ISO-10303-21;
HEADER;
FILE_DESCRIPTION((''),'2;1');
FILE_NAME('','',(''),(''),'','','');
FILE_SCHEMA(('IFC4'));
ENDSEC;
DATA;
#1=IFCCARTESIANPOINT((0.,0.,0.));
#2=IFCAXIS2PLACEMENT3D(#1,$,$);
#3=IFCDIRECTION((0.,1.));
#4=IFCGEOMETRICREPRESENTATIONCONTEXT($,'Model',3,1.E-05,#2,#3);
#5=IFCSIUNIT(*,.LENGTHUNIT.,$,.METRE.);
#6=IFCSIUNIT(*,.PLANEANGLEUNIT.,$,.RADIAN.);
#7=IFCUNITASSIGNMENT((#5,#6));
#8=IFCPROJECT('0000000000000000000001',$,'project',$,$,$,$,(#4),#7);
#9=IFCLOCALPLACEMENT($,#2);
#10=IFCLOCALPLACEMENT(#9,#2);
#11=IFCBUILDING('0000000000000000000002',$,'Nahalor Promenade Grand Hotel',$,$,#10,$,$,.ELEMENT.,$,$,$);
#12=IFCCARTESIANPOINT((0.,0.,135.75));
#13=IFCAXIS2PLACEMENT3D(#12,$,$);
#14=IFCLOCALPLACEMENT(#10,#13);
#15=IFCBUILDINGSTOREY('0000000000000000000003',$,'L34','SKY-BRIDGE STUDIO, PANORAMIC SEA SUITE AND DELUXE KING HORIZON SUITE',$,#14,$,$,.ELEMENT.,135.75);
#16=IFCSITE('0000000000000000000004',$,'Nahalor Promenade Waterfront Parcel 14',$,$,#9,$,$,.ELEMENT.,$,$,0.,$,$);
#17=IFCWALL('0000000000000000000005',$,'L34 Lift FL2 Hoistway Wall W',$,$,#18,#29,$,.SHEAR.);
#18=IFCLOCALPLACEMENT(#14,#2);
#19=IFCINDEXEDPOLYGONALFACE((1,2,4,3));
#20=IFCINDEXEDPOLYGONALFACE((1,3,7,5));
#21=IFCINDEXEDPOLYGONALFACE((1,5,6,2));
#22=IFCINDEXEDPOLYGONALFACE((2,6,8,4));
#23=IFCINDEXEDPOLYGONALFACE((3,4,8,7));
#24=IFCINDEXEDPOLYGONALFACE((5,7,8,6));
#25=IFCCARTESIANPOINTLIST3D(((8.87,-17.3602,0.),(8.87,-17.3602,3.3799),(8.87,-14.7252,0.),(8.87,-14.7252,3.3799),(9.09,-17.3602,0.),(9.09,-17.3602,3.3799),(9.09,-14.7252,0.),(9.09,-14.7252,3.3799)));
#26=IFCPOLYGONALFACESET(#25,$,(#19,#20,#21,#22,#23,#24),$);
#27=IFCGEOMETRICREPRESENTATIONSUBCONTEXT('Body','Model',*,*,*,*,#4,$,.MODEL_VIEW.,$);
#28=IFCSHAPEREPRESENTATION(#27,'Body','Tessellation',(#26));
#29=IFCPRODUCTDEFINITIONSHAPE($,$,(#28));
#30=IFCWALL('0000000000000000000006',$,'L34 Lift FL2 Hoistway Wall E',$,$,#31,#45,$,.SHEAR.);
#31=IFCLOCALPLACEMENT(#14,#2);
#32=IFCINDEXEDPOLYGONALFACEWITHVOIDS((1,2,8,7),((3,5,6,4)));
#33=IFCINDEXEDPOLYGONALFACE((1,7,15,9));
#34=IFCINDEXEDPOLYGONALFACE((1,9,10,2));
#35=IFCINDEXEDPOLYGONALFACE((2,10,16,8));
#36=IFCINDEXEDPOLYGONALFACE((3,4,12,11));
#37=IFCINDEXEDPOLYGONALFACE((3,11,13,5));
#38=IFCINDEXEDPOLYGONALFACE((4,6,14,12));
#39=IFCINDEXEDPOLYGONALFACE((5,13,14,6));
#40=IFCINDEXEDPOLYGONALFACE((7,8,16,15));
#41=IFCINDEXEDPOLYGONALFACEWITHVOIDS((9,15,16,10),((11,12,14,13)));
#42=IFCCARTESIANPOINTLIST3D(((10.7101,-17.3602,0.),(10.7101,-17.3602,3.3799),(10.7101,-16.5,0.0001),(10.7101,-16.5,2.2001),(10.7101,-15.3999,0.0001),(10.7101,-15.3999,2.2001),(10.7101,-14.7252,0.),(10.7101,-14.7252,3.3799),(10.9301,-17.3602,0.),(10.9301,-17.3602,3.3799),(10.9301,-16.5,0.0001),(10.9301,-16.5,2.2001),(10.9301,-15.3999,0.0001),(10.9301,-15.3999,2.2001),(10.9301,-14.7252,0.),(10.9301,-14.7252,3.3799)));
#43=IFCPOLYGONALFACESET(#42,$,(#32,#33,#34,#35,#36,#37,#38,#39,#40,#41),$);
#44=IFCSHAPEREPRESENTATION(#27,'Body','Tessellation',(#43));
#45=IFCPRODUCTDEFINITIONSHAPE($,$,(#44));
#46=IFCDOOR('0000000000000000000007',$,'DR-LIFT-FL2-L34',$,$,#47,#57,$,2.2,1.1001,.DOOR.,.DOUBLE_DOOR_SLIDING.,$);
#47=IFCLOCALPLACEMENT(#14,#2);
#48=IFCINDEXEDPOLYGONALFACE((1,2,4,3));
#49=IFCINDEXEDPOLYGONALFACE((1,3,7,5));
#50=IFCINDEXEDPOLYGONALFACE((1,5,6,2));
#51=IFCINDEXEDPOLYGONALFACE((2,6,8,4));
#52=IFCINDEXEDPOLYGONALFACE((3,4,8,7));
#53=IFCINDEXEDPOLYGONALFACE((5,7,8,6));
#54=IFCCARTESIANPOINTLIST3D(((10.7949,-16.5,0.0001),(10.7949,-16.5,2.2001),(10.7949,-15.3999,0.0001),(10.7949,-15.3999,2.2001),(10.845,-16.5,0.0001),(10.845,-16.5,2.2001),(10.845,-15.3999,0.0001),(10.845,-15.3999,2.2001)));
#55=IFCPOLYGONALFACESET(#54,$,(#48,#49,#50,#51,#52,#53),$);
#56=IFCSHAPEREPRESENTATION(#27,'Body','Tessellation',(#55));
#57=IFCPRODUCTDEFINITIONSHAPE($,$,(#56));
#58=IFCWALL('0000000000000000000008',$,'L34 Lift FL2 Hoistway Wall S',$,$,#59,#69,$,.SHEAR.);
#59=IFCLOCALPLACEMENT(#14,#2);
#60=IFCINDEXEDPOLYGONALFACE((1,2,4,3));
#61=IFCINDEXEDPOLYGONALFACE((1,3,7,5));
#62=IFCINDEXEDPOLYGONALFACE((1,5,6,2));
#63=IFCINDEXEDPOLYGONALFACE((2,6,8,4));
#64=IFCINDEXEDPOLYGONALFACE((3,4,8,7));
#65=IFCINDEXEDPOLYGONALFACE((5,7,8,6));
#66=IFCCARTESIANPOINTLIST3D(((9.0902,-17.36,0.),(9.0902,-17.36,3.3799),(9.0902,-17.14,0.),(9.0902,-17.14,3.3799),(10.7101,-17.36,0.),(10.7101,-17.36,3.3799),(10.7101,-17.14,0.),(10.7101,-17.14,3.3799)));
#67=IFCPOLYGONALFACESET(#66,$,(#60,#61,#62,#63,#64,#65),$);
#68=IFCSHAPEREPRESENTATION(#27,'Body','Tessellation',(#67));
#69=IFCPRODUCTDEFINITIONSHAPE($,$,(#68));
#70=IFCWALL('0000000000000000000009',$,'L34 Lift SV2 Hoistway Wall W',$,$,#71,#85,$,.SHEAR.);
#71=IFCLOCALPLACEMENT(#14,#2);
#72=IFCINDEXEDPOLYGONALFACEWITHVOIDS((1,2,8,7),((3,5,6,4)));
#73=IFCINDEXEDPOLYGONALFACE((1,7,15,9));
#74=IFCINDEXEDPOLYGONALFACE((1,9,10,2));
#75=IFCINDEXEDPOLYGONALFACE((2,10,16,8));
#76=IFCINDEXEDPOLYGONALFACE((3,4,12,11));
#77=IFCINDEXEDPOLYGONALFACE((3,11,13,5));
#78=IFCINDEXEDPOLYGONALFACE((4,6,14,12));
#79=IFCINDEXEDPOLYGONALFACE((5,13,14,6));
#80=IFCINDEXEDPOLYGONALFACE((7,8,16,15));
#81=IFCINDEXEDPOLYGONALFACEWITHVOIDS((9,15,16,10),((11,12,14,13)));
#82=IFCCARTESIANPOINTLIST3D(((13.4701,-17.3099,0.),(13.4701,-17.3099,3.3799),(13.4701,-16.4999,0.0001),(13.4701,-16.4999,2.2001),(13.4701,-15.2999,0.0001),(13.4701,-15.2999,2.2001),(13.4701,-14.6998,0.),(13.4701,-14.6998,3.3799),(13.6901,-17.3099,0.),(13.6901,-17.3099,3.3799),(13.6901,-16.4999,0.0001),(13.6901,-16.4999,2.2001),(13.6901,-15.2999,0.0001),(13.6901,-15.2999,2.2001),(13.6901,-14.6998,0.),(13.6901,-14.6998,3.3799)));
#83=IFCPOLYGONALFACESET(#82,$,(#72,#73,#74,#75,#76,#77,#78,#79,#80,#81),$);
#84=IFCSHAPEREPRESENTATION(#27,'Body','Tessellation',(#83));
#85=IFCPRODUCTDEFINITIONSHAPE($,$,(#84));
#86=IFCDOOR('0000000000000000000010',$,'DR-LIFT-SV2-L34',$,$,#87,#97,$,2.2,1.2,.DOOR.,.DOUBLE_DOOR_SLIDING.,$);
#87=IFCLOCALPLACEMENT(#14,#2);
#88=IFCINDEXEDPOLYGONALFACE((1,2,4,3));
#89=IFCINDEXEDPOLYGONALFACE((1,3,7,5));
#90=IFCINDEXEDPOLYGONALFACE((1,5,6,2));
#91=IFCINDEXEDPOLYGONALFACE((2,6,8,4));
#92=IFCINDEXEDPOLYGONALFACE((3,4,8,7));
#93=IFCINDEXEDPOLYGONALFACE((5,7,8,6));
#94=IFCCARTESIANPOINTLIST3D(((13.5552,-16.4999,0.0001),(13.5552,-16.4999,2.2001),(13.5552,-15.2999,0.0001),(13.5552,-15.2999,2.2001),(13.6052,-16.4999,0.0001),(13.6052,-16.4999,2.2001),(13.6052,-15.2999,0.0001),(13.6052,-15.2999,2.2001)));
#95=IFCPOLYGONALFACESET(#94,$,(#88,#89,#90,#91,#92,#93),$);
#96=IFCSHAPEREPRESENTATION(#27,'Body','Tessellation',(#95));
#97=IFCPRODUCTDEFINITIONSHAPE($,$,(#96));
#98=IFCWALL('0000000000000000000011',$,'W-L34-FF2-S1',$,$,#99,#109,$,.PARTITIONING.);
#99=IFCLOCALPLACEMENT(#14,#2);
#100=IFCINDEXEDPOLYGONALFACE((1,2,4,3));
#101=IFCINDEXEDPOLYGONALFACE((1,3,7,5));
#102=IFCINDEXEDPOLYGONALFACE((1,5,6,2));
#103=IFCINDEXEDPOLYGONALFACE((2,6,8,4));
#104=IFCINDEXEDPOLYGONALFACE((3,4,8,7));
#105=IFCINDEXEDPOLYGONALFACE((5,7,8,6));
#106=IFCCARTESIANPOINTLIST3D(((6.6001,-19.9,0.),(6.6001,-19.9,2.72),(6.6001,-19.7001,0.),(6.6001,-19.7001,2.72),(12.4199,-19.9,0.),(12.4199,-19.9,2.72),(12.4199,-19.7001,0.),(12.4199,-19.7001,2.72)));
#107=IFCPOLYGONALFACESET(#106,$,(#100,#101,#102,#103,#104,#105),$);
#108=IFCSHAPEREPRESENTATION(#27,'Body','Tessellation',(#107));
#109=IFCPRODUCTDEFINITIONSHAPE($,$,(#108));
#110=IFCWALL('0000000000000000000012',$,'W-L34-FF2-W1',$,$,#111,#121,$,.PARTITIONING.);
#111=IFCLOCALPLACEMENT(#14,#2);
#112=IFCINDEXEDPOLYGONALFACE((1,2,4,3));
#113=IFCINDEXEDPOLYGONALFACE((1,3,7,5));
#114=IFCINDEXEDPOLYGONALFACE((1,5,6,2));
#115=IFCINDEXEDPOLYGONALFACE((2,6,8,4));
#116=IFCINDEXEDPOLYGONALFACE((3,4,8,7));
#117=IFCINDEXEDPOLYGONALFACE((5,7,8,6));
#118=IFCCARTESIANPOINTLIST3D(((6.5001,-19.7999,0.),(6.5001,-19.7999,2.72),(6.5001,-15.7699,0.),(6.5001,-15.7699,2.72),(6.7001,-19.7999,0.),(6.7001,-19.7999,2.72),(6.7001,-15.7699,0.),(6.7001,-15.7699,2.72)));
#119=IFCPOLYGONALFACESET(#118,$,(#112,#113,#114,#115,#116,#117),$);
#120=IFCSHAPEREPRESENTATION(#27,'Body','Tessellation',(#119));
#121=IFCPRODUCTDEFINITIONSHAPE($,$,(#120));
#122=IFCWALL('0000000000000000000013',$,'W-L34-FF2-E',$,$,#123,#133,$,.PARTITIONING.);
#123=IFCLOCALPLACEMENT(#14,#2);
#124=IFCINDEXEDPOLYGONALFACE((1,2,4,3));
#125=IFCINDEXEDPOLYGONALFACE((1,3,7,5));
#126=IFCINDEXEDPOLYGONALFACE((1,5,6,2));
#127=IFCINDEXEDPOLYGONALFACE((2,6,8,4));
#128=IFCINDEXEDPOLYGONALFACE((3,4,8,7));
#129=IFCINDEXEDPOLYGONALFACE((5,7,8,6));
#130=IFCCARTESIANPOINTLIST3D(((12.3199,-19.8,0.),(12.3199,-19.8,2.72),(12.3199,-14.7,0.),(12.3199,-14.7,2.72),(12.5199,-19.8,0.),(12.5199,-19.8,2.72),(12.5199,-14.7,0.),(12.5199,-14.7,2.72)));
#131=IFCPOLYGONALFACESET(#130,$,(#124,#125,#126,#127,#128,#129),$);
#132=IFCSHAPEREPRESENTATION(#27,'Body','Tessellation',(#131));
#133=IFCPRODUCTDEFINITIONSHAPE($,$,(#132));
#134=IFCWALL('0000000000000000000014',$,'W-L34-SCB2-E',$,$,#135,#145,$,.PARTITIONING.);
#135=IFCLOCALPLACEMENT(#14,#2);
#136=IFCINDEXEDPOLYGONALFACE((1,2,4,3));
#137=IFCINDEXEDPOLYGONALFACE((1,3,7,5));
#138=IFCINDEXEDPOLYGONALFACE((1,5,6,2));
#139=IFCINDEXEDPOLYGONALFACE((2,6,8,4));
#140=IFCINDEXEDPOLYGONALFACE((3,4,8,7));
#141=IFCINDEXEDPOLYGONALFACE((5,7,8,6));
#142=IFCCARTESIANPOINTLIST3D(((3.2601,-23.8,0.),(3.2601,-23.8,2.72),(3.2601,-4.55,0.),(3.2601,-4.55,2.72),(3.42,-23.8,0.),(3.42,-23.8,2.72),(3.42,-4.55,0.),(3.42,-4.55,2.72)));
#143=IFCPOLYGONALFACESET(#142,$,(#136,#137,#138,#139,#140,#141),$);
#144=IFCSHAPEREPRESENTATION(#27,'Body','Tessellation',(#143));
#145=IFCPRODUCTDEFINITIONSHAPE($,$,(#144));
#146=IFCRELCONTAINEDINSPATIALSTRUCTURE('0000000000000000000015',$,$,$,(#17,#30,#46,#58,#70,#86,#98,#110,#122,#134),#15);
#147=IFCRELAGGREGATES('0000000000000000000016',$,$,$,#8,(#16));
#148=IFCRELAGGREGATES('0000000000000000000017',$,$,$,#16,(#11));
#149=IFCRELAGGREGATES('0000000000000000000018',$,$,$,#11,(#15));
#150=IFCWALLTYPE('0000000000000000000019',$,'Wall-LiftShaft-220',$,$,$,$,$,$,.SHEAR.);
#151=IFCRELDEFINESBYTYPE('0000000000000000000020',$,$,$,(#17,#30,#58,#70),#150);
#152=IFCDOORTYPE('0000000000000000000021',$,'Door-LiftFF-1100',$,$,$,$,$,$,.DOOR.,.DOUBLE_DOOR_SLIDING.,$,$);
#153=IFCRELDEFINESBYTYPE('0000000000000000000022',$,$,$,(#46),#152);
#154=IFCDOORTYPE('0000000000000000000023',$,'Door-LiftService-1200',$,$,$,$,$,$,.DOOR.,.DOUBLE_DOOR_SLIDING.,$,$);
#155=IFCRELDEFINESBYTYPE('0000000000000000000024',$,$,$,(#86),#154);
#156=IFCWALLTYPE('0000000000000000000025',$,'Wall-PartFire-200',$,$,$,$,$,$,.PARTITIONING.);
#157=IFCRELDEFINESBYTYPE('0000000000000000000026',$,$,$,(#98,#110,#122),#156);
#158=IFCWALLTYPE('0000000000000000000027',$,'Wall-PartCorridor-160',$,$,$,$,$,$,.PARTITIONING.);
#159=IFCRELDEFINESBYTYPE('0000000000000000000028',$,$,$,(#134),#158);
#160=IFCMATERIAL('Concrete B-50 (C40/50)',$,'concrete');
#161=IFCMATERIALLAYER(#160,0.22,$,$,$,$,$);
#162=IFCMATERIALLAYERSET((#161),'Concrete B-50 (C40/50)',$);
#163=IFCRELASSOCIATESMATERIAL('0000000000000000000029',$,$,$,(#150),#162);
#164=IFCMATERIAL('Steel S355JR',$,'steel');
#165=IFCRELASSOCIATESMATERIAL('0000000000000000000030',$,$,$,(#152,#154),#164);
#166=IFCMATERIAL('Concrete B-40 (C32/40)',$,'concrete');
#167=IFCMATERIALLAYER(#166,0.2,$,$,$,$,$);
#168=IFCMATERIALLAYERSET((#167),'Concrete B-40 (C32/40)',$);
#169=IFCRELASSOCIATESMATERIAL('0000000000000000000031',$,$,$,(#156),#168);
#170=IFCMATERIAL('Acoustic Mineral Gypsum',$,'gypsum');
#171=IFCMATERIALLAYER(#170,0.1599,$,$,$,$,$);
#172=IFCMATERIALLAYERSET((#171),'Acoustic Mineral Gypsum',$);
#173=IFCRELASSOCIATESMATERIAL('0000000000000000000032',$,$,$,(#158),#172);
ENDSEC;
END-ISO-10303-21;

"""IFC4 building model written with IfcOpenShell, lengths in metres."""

from ifc_helpers import new_model, si_unit, direction, frame, frame_2d, origin, place, context, subcontext, project, spatial, rectangle, extrude, source, transform, mapped, material, layer, layer_set, type_object, element, fill, save


model = new_model("IFC4")

# Units and contexts
model_context = context("Model", 3, precision=1e-05, world=origin(), true_north=direction((0.0, 1.0)))
body_context = subcontext(model_context, "Body", "Model", "MODEL_VIEW")
ifc_project = project(units=[si_unit("LENGTHUNIT", "METRE"), si_unit("PLANEANGLEUNIT", "RADIAN")], contexts=[model_context])

# Site, building, storey
site_placement = place(None, origin())
site = spatial("IfcSite", under=ifc_project, at=site_placement, Name="Nahalor Promenade Waterfront Parcel 14", CompositionType="ELEMENT", RefElevation=0.0)
building_placement = place(site_placement, origin())
building = spatial("IfcBuilding", under=site, at=building_placement, Name="Nahalor Promenade Grand Hotel", CompositionType="ELEMENT")
storey_placement = place(building_placement, frame((0.0, 0.0, 135.75)))
storey = spatial("IfcBuildingStorey", under=building, at=storey_placement, Name="L34", Description="SKY-BRIDGE STUDIO, PANORAMIC SEA SUITE AND DELUXE KING HORIZON SUITE", CompositionType="ELEMENT", Elevation=135.75)

# Shared definitions
ifc_material_1 = material(Name="Steel S355JR", Category="steel")

# Shared definitions
ifc_material_2 = material(Name="Concrete B-50 (C40/50)", Category="concrete")

# Wall
ifc_layer_1 = layer(ifc_material_2, 0.22)
ifc_layer_set_1 = layer_set([ifc_layer_1], Name="Concrete B-50 (C40/50)")
wall_type_1 = type_object("IfcWallType", Name="Wall-LiftShaft-220", PredefinedType="SHEAR", material=ifc_layer_set_1)
shared_shape_1 = source(origin(), body_context, "Body", "SweptSolid", [
    extrude(rectangle(XDim=2.635, YDim=0.22, at=frame_2d((1.3174, 0.0))), origin(), (0.0, 0.0, 1.0), 3.3799),
])
wall_1_placement = place(storey_placement, frame((8.98, -17.3601, 0.0), z_axis=(0.0, 0.0, 1.0), x_axis=(0.0, 1.0, 0.0)))
element("IfcWall", 1, at=wall_1_placement, inside=storey, type_object=wall_type_1, Name="L34 Lift FL2 Hoistway Wall W", PredefinedType="SHEAR", context=body_context, shape_type="MappedRepresentation", body=[
    mapped(shared_shape_1, transform((0.0, 0.0, 0.0), scale=1.0)),
])

# Wall, opening, door
wall_2_placement = place(storey_placement, frame((10.8201, -17.3601, 0.0), z_axis=(0.0, 0.0, 1.0), x_axis=(0.0, 1.0, 0.0)))
wall_2 = element("IfcWall", 2, at=wall_2_placement, inside=storey, type_object=wall_type_1, Name="L34 Lift FL2 Hoistway Wall E", PredefinedType="SHEAR", context=body_context, shape_type="MappedRepresentation", body=[
    mapped(shared_shape_1, transform((0.0, 0.0, 0.0), scale=1.0)),
])
opening_1_placement = place(wall_2_placement, frame((0.8601, 0.0, 0.0)))
opening_1 = element("IfcOpeningElement", 3, at=opening_1_placement, cuts=wall_2, PredefinedType="OPENING", context=body_context, shape_type="SweptSolid", body=[
    extrude(rectangle(XDim=1.1001, YDim=2.2, at=frame_2d((0.55, 1.1001))), frame((0.0, 0.1199, 0.0), z_axis=(0.0, -1.0, 0.0), x_axis=(1.0, 0.0, 0.0)), (0.0, 0.0, 1.0), 0.24),
])
door_type_1 = type_object("IfcDoorType", Name="Door-LiftFF-1100", OperationType="DOUBLE_DOOR_SLIDING", PredefinedType="DOOR", material=ifc_material_1)
shared_shape_2 = source(origin(), body_context, "Body", "SweptSolid", [
    extrude(rectangle(XDim=1.1001, YDim=2.2, at=frame_2d((0.55, 1.1001))), frame((0.0, 0.0249, 0.0), z_axis=(0.0, -1.0, 0.0), x_axis=(1.0, 0.0, 0.0)), (0.0, 0.0, 1.0), 0.05),
])
door_1_placement = place(opening_1_placement, frame((1.1001, 0.0, 0.0), z_axis=(0.0, 0.0, 1.0), x_axis=(-1.0, 0.0, 0.0)))
door_1 = element("IfcDoor", 4, at=door_1_placement, inside=storey, type_object=door_type_1, Name="DR-LIFT-FL2-L34", OperationType="DOUBLE_DOOR_SLIDING", OverallHeight=2.2, OverallWidth=1.1001, PredefinedType="DOOR", context=body_context, shape_type="MappedRepresentation", body=[
    mapped(shared_shape_2, transform((0.0, 0.0, 0.0), scale=1.0)),
])
fill(opening_1, door_1)

# Wall
shared_shape_3 = source(origin(), body_context, "Body", "SweptSolid", [
    extrude(rectangle(XDim=1.6199, YDim=0.22, at=frame_2d((0.8101, 0.0))), origin(), (0.0, 0.0, 1.0), 3.3799),
])
wall_3_placement = place(storey_placement, frame((9.0901, -17.25, 0.0), z_axis=(0.0, 0.0, 1.0), x_axis=(1.0, 0.0, 0.0)))
element("IfcWall", 5, at=wall_3_placement, inside=storey, type_object=wall_type_1, Name="L34 Lift FL2 Hoistway Wall S", PredefinedType="SHEAR", context=body_context, shape_type="MappedRepresentation", body=[
    mapped(shared_shape_3, transform((0.0, 0.0, 0.0), scale=1.0)),
])

# Wall, opening, door
shared_shape_4 = source(origin(), body_context, "Body", "SweptSolid", [
    extrude(rectangle(XDim=2.6101, YDim=0.22, at=frame_2d((1.3052, 0.0))), origin(), (0.0, 0.0, 1.0), 3.3799),
])
wall_4_placement = place(storey_placement, frame((13.5801, -17.3101, 0.0), z_axis=(0.0, 0.0, 1.0), x_axis=(0.0, 1.0, 0.0)))
wall_4 = element("IfcWall", 6, at=wall_4_placement, inside=storey, type_object=wall_type_1, Name="L34 Lift SV2 Hoistway Wall W", PredefinedType="SHEAR", context=body_context, shape_type="MappedRepresentation", body=[
    mapped(shared_shape_4, transform((0.0, 0.0, 0.0), scale=1.0)),
])
opening_2_placement = place(wall_4_placement, frame((0.8101, 0.0, 0.0)))
opening_2 = element("IfcOpeningElement", 7, at=opening_2_placement, cuts=wall_4, PredefinedType="OPENING", context=body_context, shape_type="SweptSolid", body=[
    extrude(rectangle(XDim=1.2, YDim=2.2, at=frame_2d((0.6001, 1.1001))), frame((0.0, 0.1199, 0.0), z_axis=(0.0, -1.0, 0.0), x_axis=(1.0, 0.0, 0.0)), (0.0, 0.0, 1.0), 0.24),
])
door_type_2 = type_object("IfcDoorType", Name="Door-LiftService-1200", OperationType="DOUBLE_DOOR_SLIDING", PredefinedType="DOOR", material=ifc_material_1)
shared_shape_5 = source(origin(), body_context, "Body", "SweptSolid", [
    extrude(rectangle(XDim=1.2, YDim=2.2, at=frame_2d((0.6001, 1.1001))), frame((0.0, 0.0249, 0.0), z_axis=(0.0, -1.0, 0.0), x_axis=(1.0, 0.0, 0.0)), (0.0, 0.0, 1.0), 0.05),
])
door_2_placement = place(opening_2_placement, origin())
door_2 = element("IfcDoor", 8, at=door_2_placement, inside=storey, type_object=door_type_2, Name="DR-LIFT-SV2-L34", OperationType="DOUBLE_DOOR_SLIDING", OverallHeight=2.2, OverallWidth=1.2, PredefinedType="DOOR", context=body_context, shape_type="MappedRepresentation", body=[
    mapped(shared_shape_5, transform((0.0, 0.0, 0.0), scale=1.0)),
])
fill(opening_2, door_2)

# Walls
ifc_material_3 = material(Name="Concrete B-40 (C32/40)", Category="concrete")
ifc_layer_2 = layer(ifc_material_3, 0.2)
ifc_layer_set_2 = layer_set([ifc_layer_2], Name="Concrete B-40 (C32/40)")
wall_type_2 = type_object("IfcWallType", Name="Wall-PartFire-200", PredefinedType="PARTITIONING", material=ifc_layer_set_2)
shared_shape_6 = source(origin(), body_context, "Body", "SweptSolid", [
    extrude(rectangle(XDim=5.8198, YDim=0.2, at=frame_2d((2.9099, 0.0))), origin(), (0.0, 0.0, 1.0), 2.72),
])
wall_5_placement = place(storey_placement, frame((6.6001, -19.8, 0.0), z_axis=(0.0, 0.0, 1.0), x_axis=(1.0, 0.0, 0.0)))
element("IfcWall", 9, at=wall_5_placement, inside=storey, type_object=wall_type_2, Name="W-L34-FF2-S1", PredefinedType="PARTITIONING", context=body_context, shape_type="MappedRepresentation", body=[
    mapped(shared_shape_6, transform((0.0, 0.0, 0.0), scale=1.0)),
])
shared_shape_7 = source(origin(), body_context, "Body", "SweptSolid", [
    extrude(rectangle(XDim=4.03, YDim=0.2, at=frame_2d((2.0151, 0.0))), origin(), (0.0, 0.0, 1.0), 2.72),
])
wall_6_placement = place(storey_placement, frame((6.6001, -19.8, 0.0), z_axis=(0.0, 0.0, 1.0), x_axis=(0.0, 1.0, 0.0)))
element("IfcWall", 10, at=wall_6_placement, inside=storey, type_object=wall_type_2, Name="W-L34-FF2-W1", PredefinedType="PARTITIONING", context=body_context, shape_type="MappedRepresentation", body=[
    mapped(shared_shape_7, transform((0.0, 0.0, 0.0), scale=1.0)),
])
shared_shape_8 = source(origin(), body_context, "Body", "SweptSolid", [
    extrude(rectangle(XDim=5.1001, YDim=0.2, at=frame_2d((2.55, 0.0))), origin(), (0.0, 0.0, 1.0), 2.72),
])
wall_7_placement = place(storey_placement, frame((12.4199, -19.8, 0.0), z_axis=(0.0, 0.0, 1.0), x_axis=(0.0, 1.0, 0.0)))
element("IfcWall", 11, at=wall_7_placement, inside=storey, type_object=wall_type_2, Name="W-L34-FF2-E", PredefinedType="PARTITIONING", context=body_context, shape_type="MappedRepresentation", body=[
    mapped(shared_shape_8, transform((0.0, 0.0, 0.0), scale=1.0)),
])
ifc_material_4 = material(Name="Acoustic Mineral Gypsum", Category="gypsum")
ifc_layer_3 = layer(ifc_material_4, 0.1599)
ifc_layer_set_3 = layer_set([ifc_layer_3], Name="Acoustic Mineral Gypsum")
wall_type_3 = type_object("IfcWallType", Name="Wall-PartCorridor-160", PredefinedType="PARTITIONING", material=ifc_layer_set_3)
shared_shape_9 = source(origin(), body_context, "Body", "SweptSolid", [
    extrude(rectangle(XDim=19.25, YDim=0.1599, at=frame_2d((9.625, 0.0))), origin(), (0.0, 0.0, 1.0), 2.72),
])
wall_8_placement = place(storey_placement, frame((3.3401, -23.8, 0.0), z_axis=(0.0, 0.0, 1.0), x_axis=(0.0, 1.0, 0.0)))
element("IfcWall", 12, at=wall_8_placement, inside=storey, type_object=wall_type_3, Name="W-L34-SCB2-E", PredefinedType="PARTITIONING", context=body_context, shape_type="MappedRepresentation", body=[
    mapped(shared_shape_9, transform((0.0, 0.0, 0.0), scale=1.0)),
])

save(model, "model.ifc")
